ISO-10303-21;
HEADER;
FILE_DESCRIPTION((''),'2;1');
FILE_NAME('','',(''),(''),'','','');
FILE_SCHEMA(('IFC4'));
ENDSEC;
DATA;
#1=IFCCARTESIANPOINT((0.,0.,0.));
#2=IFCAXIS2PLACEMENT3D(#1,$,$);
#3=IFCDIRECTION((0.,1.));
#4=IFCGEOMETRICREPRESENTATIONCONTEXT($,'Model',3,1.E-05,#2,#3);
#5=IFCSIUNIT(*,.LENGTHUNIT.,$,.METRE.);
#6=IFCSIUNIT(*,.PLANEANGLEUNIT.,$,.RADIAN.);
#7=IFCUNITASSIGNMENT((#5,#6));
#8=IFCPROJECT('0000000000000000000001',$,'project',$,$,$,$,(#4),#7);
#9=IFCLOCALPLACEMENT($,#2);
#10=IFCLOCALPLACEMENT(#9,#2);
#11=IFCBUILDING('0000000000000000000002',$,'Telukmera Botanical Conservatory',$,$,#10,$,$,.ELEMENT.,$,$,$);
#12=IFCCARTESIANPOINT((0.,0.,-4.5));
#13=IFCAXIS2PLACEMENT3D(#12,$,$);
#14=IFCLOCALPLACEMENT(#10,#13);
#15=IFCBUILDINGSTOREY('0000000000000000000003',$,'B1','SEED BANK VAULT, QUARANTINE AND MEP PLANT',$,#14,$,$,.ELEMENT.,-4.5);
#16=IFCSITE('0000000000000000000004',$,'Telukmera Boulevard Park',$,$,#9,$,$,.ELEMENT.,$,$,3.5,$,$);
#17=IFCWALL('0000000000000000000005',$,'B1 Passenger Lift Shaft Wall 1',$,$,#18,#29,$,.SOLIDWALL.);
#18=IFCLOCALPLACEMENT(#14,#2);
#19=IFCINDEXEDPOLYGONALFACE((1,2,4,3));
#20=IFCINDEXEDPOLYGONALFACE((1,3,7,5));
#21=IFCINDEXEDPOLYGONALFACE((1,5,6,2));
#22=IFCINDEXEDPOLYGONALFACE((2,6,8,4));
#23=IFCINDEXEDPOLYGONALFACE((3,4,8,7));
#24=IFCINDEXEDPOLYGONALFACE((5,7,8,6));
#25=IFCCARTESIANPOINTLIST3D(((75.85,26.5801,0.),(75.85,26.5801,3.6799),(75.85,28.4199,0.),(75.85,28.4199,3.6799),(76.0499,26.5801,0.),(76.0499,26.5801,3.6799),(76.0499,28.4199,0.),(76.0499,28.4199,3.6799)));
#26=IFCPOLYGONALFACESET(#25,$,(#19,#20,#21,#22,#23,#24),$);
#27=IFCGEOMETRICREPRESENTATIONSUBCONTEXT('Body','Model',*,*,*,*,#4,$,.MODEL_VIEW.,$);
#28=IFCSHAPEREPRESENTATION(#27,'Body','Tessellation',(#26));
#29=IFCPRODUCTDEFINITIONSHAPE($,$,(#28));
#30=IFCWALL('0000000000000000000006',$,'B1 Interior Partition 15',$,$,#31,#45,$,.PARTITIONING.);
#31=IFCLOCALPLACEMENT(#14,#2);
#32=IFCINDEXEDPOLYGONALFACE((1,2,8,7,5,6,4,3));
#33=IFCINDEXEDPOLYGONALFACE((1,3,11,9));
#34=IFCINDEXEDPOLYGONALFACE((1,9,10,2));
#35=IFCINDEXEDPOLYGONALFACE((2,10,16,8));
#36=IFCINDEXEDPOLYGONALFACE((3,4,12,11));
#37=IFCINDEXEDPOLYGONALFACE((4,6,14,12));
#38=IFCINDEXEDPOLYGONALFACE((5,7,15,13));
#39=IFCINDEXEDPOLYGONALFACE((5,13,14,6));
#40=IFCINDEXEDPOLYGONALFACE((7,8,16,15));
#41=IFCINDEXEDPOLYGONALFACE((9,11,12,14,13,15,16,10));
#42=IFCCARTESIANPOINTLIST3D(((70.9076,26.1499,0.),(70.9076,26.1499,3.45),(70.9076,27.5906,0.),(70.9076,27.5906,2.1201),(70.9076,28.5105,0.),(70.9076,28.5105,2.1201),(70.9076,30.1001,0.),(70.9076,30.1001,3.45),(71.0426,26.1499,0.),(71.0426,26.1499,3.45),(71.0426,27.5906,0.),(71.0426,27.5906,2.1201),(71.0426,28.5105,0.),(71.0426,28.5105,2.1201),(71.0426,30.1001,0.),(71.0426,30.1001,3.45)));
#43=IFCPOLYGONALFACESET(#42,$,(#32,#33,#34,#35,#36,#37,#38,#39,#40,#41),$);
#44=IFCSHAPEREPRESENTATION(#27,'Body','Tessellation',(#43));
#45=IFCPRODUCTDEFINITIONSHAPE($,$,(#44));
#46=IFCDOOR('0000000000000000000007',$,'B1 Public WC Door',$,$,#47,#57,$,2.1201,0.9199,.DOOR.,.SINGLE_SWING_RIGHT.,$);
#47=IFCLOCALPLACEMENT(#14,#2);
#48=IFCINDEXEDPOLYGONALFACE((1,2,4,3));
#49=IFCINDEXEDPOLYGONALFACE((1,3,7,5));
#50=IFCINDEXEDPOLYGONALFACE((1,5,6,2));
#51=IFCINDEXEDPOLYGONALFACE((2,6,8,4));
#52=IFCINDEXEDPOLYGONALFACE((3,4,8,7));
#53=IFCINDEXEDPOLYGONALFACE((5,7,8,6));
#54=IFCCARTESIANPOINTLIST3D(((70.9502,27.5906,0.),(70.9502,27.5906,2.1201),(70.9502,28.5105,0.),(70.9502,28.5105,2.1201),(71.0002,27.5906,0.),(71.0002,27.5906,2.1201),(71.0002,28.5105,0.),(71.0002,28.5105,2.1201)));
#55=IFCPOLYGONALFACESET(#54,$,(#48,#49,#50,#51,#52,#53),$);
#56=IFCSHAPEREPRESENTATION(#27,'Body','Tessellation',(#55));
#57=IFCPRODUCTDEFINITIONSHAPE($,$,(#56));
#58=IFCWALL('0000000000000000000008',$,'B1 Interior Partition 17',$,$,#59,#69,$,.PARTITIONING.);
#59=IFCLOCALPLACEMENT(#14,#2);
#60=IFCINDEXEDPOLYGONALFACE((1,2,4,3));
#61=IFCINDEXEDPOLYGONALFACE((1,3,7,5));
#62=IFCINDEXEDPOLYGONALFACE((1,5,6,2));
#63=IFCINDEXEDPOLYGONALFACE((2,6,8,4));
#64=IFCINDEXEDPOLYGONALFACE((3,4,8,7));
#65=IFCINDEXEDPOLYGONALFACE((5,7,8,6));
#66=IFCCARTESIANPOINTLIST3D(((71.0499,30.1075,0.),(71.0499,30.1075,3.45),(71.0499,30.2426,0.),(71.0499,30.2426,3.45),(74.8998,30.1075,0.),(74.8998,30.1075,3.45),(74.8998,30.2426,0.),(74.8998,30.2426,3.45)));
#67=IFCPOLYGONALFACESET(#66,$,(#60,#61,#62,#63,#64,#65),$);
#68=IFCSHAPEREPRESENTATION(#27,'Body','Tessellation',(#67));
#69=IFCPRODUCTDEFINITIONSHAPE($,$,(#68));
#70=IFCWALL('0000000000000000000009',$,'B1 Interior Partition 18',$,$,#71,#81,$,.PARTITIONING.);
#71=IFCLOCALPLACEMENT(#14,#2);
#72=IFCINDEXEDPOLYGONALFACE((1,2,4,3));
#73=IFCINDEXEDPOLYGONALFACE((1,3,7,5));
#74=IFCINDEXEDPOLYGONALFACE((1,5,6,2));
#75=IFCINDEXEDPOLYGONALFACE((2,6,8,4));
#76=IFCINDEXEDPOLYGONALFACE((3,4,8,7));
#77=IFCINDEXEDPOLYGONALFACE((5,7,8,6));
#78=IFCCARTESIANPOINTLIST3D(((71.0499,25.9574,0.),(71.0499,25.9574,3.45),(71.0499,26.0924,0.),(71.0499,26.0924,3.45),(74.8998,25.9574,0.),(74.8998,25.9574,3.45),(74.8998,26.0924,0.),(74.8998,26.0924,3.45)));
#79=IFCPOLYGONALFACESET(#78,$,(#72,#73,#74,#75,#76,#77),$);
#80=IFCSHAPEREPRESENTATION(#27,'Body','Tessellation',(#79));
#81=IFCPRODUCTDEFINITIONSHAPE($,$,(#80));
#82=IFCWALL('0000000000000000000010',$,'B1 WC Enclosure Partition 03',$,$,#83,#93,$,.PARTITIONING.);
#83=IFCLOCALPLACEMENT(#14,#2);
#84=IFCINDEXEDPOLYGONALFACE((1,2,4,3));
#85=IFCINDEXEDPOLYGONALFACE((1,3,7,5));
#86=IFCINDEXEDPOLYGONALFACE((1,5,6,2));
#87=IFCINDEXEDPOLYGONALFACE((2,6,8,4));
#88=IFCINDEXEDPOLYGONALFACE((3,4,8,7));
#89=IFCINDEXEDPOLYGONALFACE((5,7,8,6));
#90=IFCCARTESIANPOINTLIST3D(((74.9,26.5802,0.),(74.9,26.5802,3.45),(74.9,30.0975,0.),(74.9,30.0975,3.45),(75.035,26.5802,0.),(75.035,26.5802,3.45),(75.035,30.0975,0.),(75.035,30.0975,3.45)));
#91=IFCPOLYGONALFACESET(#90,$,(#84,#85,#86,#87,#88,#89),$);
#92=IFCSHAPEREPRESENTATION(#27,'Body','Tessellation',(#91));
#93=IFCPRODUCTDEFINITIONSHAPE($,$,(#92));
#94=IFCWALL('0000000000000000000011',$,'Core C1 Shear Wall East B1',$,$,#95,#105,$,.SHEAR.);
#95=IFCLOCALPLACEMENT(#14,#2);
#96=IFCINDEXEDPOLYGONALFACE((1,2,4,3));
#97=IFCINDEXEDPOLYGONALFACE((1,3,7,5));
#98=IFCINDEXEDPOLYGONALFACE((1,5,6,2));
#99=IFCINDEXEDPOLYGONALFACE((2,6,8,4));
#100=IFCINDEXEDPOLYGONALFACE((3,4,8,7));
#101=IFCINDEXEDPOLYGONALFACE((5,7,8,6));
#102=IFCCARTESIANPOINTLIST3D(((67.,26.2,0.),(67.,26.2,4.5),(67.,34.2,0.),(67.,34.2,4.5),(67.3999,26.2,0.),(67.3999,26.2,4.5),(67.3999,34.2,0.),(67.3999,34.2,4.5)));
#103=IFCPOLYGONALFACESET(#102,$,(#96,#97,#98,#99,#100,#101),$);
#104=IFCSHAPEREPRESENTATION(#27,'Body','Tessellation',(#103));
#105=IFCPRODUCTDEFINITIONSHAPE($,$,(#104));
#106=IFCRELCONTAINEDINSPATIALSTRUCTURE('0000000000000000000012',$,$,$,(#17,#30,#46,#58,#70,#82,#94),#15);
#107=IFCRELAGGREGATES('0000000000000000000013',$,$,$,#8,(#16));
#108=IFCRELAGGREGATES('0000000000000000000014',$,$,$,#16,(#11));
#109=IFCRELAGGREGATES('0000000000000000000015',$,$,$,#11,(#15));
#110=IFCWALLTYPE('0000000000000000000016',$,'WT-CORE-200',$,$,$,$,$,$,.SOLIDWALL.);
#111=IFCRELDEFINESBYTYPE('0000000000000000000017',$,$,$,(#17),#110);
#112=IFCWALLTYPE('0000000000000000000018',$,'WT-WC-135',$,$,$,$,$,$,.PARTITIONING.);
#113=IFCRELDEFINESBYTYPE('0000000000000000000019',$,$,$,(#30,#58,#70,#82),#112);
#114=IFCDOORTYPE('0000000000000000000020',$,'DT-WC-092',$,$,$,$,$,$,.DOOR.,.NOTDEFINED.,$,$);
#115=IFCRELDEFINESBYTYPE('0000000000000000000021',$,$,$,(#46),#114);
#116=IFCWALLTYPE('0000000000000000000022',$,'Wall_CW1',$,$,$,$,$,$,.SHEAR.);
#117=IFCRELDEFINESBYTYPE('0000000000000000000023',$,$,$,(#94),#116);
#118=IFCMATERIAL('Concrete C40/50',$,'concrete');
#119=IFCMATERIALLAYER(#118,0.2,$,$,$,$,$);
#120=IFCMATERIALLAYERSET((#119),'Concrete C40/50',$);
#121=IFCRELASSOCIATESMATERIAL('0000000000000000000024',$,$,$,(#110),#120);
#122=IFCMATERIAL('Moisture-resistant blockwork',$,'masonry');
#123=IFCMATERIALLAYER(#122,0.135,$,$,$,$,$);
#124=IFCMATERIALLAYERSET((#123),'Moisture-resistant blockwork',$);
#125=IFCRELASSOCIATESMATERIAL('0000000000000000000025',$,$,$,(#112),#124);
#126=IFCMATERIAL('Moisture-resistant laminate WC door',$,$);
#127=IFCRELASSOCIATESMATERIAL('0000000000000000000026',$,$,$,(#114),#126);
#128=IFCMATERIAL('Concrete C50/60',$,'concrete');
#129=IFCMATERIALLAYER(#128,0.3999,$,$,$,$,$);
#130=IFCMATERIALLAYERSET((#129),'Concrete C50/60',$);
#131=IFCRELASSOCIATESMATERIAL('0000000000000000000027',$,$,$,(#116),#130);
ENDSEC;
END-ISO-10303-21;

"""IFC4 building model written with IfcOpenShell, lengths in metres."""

from ifc_helpers import new_model, si_unit, direction, frame, frame_2d, origin, place, context, subcontext, project, spatial, rectangle, extrude, material, layer, layer_set, type_object, element, fill, save


model = new_model("IFC4")

# Units and contexts
model_context = context("Model", 3, precision=1e-05, world=origin(), true_north=direction((0.0, 1.0)))
body_context = subcontext(model_context, "Body", "Model", "MODEL_VIEW")
ifc_project = project(units=[si_unit("LENGTHUNIT", "METRE"), si_unit("PLANEANGLEUNIT", "RADIAN")], contexts=[model_context])

# Site, building, storey
site_placement = place(None, origin())
site = spatial("IfcSite", under=ifc_project, at=site_placement, Name="Telukmera Boulevard Park", CompositionType="ELEMENT", RefElevation=3.5)
building_placement = place(site_placement, origin())
building = spatial("IfcBuilding", under=site, at=building_placement, Name="Telukmera Botanical Conservatory", CompositionType="ELEMENT")
storey_placement = place(building_placement, frame((0.0, 0.0, -4.5)))
storey = spatial("IfcBuildingStorey", under=building, at=storey_placement, Name="B1", Description="SEED BANK VAULT, QUARANTINE AND MEP PLANT", CompositionType="ELEMENT", Elevation=-4.5)

# Shared definitions
ifc_material_1 = material(Name="Concrete C50/60", Category="concrete")
ifc_material_2 = material(Name="Concrete C40/50", Category="concrete")

# Shared definitions
ifc_layer_1 = layer(ifc_material_2, 0.2)
ifc_layer_set_1 = layer_set([ifc_layer_1], Name="Concrete C40/50")
wall_type_1 = type_object("IfcWallType", Name="WT-CORE-200", PredefinedType="SOLIDWALL", material=ifc_layer_set_1)

# Wall
wall_1_placement = place(storey_placement, frame((75.95, 26.5801, 0.0), z_axis=(0.0, 0.0, 1.0), x_axis=(0.0, 1.0, 0.0)))
element("IfcWall", 1, at=wall_1_placement, inside=storey, type_object=wall_type_1, Name="B1 Passenger Lift Shaft Wall 1", PredefinedType="SOLIDWALL", context=body_context, shape_type="SweptSolid", body=[
    extrude(rectangle(XDim=1.8398, YDim=0.2, at=frame_2d((0.9199, 0.0))), origin(), (0.0, 0.0, 1.0), 3.6799),
])

# Wall, opening, door
ifc_material_3 = material(Name="Moisture-resistant blockwork", Category="masonry")
ifc_layer_2 = layer(ifc_material_3, 0.135)
ifc_layer_set_2 = layer_set([ifc_layer_2], Name="Moisture-resistant blockwork")
wall_type_2 = type_object("IfcWallType", Name="WT-WC-135", PredefinedType="PARTITIONING", material=ifc_layer_set_2)
wall_2_placement = place(storey_placement, frame((70.9751, 26.1499, 0.0), z_axis=(0.0, 0.0, 1.0), x_axis=(0.0, 1.0, 0.0)))
wall_2 = element("IfcWall", 2, at=wall_2_placement, inside=storey, type_object=wall_type_2, Name="B1 Interior Partition 15", PredefinedType="PARTITIONING", context=body_context, shape_type="SweptSolid", body=[
    extrude(rectangle(XDim=3.9502, YDim=0.135, at=frame_2d((1.9751, 0.0))), origin(), (0.0, 0.0, 1.0), 3.45),
])
opening_1_placement = place(wall_2_placement, frame((1.4407, 0.0, 0.0)))
opening_1 = element("IfcOpeningElement", 3, at=opening_1_placement, cuts=wall_2, PredefinedType="OPENING", context=body_context, shape_type="SweptSolid", body=[
    extrude(rectangle(XDim=0.9199, YDim=2.1201, at=frame_2d((0.46, 1.0601))), frame((0.0, 0.0774, 0.0), z_axis=(0.0, -1.0, 0.0), x_axis=(1.0, 0.0, 0.0)), (0.0, 0.0, 1.0), 0.155),
])
ifc_material_4 = material(Name="Moisture-resistant laminate WC door")
door_type_1 = type_object("IfcDoorType", Name="DT-WC-092", OperationType="NOTDEFINED", PredefinedType="DOOR", material=ifc_material_4)
door_1_placement = place(opening_1_placement, origin())
door_1 = element("IfcDoor", 4, at=door_1_placement, inside=storey, type_object=door_type_1, Name="B1 Public WC Door", OperationType="SINGLE_SWING_RIGHT", OverallHeight=2.1201, OverallWidth=0.9199, PredefinedType="DOOR", context=body_context, shape_type="SweptSolid", body=[
    extrude(rectangle(XDim=0.9199, YDim=2.1201, at=frame_2d((0.46, 1.0601))), frame((0.0, 0.0249, 0.0), z_axis=(0.0, -1.0, 0.0), x_axis=(1.0, 0.0, 0.0)), (0.0, 0.0, 1.0), 0.05),
])
fill(opening_1, door_1)

# Walls
for number, where, z_axis, x_axis, name in (
    (5, (71.05, 30.175, 0.0), (0.0, 0.0, 1.0), (1.0, 0.0, 0.0), "B1 Interior Partition 17"),
    (6, (71.05, 26.0249, 0.0), (0.0, 0.0, 1.0), (1.0, 0.0, 0.0), "B1 Interior Partition 18"),
):
    element("IfcWall", number, at=place(storey_placement, frame(where, z_axis=z_axis, x_axis=x_axis)), inside=storey, type_object=wall_type_2, Name=name, PredefinedType="PARTITIONING", context=body_context, shape_type="SweptSolid", body=[
        extrude(rectangle(XDim=3.8499, YDim=0.135, at=frame_2d((1.9248, 0.0))), origin(), (0.0, 0.0, 1.0), 3.45),
    ])
wall_3_placement = place(storey_placement, frame((74.9675, 26.5801, 0.0), z_axis=(0.0, 0.0, 1.0), x_axis=(0.0, 1.0, 0.0)))
element("IfcWall", 7, at=wall_3_placement, inside=storey, type_object=wall_type_2, Name="B1 WC Enclosure Partition 03", PredefinedType="PARTITIONING", context=body_context, shape_type="SweptSolid", body=[
    extrude(rectangle(XDim=3.5173, YDim=0.135, at=frame_2d((1.7588, 0.0))), origin(), (0.0, 0.0, 1.0), 3.45),
])
ifc_layer_3 = layer(ifc_material_1, 0.3999)
ifc_layer_set_3 = layer_set([ifc_layer_3], Name="Concrete C50/60")
wall_type_3 = type_object("IfcWallType", Name="Wall_CW1", PredefinedType="SHEAR", material=ifc_layer_set_3)
wall_4_placement = place(storey_placement, frame((67.2, 26.2, 0.0), z_axis=(0.0, 0.0, 1.0), x_axis=(0.0, 1.0, 0.0)))
element("IfcWall", 8, at=wall_4_placement, inside=storey, type_object=wall_type_3, Name="Core C1 Shear Wall East B1", PredefinedType="SHEAR", context=body_context, shape_type="SweptSolid", body=[
    extrude(rectangle(XDim=8.0, YDim=0.3999, at=frame_2d((4.0, 0.0))), origin(), (0.0, 0.0, 1.0), 4.5),
])

save(model, "model.ifc")
